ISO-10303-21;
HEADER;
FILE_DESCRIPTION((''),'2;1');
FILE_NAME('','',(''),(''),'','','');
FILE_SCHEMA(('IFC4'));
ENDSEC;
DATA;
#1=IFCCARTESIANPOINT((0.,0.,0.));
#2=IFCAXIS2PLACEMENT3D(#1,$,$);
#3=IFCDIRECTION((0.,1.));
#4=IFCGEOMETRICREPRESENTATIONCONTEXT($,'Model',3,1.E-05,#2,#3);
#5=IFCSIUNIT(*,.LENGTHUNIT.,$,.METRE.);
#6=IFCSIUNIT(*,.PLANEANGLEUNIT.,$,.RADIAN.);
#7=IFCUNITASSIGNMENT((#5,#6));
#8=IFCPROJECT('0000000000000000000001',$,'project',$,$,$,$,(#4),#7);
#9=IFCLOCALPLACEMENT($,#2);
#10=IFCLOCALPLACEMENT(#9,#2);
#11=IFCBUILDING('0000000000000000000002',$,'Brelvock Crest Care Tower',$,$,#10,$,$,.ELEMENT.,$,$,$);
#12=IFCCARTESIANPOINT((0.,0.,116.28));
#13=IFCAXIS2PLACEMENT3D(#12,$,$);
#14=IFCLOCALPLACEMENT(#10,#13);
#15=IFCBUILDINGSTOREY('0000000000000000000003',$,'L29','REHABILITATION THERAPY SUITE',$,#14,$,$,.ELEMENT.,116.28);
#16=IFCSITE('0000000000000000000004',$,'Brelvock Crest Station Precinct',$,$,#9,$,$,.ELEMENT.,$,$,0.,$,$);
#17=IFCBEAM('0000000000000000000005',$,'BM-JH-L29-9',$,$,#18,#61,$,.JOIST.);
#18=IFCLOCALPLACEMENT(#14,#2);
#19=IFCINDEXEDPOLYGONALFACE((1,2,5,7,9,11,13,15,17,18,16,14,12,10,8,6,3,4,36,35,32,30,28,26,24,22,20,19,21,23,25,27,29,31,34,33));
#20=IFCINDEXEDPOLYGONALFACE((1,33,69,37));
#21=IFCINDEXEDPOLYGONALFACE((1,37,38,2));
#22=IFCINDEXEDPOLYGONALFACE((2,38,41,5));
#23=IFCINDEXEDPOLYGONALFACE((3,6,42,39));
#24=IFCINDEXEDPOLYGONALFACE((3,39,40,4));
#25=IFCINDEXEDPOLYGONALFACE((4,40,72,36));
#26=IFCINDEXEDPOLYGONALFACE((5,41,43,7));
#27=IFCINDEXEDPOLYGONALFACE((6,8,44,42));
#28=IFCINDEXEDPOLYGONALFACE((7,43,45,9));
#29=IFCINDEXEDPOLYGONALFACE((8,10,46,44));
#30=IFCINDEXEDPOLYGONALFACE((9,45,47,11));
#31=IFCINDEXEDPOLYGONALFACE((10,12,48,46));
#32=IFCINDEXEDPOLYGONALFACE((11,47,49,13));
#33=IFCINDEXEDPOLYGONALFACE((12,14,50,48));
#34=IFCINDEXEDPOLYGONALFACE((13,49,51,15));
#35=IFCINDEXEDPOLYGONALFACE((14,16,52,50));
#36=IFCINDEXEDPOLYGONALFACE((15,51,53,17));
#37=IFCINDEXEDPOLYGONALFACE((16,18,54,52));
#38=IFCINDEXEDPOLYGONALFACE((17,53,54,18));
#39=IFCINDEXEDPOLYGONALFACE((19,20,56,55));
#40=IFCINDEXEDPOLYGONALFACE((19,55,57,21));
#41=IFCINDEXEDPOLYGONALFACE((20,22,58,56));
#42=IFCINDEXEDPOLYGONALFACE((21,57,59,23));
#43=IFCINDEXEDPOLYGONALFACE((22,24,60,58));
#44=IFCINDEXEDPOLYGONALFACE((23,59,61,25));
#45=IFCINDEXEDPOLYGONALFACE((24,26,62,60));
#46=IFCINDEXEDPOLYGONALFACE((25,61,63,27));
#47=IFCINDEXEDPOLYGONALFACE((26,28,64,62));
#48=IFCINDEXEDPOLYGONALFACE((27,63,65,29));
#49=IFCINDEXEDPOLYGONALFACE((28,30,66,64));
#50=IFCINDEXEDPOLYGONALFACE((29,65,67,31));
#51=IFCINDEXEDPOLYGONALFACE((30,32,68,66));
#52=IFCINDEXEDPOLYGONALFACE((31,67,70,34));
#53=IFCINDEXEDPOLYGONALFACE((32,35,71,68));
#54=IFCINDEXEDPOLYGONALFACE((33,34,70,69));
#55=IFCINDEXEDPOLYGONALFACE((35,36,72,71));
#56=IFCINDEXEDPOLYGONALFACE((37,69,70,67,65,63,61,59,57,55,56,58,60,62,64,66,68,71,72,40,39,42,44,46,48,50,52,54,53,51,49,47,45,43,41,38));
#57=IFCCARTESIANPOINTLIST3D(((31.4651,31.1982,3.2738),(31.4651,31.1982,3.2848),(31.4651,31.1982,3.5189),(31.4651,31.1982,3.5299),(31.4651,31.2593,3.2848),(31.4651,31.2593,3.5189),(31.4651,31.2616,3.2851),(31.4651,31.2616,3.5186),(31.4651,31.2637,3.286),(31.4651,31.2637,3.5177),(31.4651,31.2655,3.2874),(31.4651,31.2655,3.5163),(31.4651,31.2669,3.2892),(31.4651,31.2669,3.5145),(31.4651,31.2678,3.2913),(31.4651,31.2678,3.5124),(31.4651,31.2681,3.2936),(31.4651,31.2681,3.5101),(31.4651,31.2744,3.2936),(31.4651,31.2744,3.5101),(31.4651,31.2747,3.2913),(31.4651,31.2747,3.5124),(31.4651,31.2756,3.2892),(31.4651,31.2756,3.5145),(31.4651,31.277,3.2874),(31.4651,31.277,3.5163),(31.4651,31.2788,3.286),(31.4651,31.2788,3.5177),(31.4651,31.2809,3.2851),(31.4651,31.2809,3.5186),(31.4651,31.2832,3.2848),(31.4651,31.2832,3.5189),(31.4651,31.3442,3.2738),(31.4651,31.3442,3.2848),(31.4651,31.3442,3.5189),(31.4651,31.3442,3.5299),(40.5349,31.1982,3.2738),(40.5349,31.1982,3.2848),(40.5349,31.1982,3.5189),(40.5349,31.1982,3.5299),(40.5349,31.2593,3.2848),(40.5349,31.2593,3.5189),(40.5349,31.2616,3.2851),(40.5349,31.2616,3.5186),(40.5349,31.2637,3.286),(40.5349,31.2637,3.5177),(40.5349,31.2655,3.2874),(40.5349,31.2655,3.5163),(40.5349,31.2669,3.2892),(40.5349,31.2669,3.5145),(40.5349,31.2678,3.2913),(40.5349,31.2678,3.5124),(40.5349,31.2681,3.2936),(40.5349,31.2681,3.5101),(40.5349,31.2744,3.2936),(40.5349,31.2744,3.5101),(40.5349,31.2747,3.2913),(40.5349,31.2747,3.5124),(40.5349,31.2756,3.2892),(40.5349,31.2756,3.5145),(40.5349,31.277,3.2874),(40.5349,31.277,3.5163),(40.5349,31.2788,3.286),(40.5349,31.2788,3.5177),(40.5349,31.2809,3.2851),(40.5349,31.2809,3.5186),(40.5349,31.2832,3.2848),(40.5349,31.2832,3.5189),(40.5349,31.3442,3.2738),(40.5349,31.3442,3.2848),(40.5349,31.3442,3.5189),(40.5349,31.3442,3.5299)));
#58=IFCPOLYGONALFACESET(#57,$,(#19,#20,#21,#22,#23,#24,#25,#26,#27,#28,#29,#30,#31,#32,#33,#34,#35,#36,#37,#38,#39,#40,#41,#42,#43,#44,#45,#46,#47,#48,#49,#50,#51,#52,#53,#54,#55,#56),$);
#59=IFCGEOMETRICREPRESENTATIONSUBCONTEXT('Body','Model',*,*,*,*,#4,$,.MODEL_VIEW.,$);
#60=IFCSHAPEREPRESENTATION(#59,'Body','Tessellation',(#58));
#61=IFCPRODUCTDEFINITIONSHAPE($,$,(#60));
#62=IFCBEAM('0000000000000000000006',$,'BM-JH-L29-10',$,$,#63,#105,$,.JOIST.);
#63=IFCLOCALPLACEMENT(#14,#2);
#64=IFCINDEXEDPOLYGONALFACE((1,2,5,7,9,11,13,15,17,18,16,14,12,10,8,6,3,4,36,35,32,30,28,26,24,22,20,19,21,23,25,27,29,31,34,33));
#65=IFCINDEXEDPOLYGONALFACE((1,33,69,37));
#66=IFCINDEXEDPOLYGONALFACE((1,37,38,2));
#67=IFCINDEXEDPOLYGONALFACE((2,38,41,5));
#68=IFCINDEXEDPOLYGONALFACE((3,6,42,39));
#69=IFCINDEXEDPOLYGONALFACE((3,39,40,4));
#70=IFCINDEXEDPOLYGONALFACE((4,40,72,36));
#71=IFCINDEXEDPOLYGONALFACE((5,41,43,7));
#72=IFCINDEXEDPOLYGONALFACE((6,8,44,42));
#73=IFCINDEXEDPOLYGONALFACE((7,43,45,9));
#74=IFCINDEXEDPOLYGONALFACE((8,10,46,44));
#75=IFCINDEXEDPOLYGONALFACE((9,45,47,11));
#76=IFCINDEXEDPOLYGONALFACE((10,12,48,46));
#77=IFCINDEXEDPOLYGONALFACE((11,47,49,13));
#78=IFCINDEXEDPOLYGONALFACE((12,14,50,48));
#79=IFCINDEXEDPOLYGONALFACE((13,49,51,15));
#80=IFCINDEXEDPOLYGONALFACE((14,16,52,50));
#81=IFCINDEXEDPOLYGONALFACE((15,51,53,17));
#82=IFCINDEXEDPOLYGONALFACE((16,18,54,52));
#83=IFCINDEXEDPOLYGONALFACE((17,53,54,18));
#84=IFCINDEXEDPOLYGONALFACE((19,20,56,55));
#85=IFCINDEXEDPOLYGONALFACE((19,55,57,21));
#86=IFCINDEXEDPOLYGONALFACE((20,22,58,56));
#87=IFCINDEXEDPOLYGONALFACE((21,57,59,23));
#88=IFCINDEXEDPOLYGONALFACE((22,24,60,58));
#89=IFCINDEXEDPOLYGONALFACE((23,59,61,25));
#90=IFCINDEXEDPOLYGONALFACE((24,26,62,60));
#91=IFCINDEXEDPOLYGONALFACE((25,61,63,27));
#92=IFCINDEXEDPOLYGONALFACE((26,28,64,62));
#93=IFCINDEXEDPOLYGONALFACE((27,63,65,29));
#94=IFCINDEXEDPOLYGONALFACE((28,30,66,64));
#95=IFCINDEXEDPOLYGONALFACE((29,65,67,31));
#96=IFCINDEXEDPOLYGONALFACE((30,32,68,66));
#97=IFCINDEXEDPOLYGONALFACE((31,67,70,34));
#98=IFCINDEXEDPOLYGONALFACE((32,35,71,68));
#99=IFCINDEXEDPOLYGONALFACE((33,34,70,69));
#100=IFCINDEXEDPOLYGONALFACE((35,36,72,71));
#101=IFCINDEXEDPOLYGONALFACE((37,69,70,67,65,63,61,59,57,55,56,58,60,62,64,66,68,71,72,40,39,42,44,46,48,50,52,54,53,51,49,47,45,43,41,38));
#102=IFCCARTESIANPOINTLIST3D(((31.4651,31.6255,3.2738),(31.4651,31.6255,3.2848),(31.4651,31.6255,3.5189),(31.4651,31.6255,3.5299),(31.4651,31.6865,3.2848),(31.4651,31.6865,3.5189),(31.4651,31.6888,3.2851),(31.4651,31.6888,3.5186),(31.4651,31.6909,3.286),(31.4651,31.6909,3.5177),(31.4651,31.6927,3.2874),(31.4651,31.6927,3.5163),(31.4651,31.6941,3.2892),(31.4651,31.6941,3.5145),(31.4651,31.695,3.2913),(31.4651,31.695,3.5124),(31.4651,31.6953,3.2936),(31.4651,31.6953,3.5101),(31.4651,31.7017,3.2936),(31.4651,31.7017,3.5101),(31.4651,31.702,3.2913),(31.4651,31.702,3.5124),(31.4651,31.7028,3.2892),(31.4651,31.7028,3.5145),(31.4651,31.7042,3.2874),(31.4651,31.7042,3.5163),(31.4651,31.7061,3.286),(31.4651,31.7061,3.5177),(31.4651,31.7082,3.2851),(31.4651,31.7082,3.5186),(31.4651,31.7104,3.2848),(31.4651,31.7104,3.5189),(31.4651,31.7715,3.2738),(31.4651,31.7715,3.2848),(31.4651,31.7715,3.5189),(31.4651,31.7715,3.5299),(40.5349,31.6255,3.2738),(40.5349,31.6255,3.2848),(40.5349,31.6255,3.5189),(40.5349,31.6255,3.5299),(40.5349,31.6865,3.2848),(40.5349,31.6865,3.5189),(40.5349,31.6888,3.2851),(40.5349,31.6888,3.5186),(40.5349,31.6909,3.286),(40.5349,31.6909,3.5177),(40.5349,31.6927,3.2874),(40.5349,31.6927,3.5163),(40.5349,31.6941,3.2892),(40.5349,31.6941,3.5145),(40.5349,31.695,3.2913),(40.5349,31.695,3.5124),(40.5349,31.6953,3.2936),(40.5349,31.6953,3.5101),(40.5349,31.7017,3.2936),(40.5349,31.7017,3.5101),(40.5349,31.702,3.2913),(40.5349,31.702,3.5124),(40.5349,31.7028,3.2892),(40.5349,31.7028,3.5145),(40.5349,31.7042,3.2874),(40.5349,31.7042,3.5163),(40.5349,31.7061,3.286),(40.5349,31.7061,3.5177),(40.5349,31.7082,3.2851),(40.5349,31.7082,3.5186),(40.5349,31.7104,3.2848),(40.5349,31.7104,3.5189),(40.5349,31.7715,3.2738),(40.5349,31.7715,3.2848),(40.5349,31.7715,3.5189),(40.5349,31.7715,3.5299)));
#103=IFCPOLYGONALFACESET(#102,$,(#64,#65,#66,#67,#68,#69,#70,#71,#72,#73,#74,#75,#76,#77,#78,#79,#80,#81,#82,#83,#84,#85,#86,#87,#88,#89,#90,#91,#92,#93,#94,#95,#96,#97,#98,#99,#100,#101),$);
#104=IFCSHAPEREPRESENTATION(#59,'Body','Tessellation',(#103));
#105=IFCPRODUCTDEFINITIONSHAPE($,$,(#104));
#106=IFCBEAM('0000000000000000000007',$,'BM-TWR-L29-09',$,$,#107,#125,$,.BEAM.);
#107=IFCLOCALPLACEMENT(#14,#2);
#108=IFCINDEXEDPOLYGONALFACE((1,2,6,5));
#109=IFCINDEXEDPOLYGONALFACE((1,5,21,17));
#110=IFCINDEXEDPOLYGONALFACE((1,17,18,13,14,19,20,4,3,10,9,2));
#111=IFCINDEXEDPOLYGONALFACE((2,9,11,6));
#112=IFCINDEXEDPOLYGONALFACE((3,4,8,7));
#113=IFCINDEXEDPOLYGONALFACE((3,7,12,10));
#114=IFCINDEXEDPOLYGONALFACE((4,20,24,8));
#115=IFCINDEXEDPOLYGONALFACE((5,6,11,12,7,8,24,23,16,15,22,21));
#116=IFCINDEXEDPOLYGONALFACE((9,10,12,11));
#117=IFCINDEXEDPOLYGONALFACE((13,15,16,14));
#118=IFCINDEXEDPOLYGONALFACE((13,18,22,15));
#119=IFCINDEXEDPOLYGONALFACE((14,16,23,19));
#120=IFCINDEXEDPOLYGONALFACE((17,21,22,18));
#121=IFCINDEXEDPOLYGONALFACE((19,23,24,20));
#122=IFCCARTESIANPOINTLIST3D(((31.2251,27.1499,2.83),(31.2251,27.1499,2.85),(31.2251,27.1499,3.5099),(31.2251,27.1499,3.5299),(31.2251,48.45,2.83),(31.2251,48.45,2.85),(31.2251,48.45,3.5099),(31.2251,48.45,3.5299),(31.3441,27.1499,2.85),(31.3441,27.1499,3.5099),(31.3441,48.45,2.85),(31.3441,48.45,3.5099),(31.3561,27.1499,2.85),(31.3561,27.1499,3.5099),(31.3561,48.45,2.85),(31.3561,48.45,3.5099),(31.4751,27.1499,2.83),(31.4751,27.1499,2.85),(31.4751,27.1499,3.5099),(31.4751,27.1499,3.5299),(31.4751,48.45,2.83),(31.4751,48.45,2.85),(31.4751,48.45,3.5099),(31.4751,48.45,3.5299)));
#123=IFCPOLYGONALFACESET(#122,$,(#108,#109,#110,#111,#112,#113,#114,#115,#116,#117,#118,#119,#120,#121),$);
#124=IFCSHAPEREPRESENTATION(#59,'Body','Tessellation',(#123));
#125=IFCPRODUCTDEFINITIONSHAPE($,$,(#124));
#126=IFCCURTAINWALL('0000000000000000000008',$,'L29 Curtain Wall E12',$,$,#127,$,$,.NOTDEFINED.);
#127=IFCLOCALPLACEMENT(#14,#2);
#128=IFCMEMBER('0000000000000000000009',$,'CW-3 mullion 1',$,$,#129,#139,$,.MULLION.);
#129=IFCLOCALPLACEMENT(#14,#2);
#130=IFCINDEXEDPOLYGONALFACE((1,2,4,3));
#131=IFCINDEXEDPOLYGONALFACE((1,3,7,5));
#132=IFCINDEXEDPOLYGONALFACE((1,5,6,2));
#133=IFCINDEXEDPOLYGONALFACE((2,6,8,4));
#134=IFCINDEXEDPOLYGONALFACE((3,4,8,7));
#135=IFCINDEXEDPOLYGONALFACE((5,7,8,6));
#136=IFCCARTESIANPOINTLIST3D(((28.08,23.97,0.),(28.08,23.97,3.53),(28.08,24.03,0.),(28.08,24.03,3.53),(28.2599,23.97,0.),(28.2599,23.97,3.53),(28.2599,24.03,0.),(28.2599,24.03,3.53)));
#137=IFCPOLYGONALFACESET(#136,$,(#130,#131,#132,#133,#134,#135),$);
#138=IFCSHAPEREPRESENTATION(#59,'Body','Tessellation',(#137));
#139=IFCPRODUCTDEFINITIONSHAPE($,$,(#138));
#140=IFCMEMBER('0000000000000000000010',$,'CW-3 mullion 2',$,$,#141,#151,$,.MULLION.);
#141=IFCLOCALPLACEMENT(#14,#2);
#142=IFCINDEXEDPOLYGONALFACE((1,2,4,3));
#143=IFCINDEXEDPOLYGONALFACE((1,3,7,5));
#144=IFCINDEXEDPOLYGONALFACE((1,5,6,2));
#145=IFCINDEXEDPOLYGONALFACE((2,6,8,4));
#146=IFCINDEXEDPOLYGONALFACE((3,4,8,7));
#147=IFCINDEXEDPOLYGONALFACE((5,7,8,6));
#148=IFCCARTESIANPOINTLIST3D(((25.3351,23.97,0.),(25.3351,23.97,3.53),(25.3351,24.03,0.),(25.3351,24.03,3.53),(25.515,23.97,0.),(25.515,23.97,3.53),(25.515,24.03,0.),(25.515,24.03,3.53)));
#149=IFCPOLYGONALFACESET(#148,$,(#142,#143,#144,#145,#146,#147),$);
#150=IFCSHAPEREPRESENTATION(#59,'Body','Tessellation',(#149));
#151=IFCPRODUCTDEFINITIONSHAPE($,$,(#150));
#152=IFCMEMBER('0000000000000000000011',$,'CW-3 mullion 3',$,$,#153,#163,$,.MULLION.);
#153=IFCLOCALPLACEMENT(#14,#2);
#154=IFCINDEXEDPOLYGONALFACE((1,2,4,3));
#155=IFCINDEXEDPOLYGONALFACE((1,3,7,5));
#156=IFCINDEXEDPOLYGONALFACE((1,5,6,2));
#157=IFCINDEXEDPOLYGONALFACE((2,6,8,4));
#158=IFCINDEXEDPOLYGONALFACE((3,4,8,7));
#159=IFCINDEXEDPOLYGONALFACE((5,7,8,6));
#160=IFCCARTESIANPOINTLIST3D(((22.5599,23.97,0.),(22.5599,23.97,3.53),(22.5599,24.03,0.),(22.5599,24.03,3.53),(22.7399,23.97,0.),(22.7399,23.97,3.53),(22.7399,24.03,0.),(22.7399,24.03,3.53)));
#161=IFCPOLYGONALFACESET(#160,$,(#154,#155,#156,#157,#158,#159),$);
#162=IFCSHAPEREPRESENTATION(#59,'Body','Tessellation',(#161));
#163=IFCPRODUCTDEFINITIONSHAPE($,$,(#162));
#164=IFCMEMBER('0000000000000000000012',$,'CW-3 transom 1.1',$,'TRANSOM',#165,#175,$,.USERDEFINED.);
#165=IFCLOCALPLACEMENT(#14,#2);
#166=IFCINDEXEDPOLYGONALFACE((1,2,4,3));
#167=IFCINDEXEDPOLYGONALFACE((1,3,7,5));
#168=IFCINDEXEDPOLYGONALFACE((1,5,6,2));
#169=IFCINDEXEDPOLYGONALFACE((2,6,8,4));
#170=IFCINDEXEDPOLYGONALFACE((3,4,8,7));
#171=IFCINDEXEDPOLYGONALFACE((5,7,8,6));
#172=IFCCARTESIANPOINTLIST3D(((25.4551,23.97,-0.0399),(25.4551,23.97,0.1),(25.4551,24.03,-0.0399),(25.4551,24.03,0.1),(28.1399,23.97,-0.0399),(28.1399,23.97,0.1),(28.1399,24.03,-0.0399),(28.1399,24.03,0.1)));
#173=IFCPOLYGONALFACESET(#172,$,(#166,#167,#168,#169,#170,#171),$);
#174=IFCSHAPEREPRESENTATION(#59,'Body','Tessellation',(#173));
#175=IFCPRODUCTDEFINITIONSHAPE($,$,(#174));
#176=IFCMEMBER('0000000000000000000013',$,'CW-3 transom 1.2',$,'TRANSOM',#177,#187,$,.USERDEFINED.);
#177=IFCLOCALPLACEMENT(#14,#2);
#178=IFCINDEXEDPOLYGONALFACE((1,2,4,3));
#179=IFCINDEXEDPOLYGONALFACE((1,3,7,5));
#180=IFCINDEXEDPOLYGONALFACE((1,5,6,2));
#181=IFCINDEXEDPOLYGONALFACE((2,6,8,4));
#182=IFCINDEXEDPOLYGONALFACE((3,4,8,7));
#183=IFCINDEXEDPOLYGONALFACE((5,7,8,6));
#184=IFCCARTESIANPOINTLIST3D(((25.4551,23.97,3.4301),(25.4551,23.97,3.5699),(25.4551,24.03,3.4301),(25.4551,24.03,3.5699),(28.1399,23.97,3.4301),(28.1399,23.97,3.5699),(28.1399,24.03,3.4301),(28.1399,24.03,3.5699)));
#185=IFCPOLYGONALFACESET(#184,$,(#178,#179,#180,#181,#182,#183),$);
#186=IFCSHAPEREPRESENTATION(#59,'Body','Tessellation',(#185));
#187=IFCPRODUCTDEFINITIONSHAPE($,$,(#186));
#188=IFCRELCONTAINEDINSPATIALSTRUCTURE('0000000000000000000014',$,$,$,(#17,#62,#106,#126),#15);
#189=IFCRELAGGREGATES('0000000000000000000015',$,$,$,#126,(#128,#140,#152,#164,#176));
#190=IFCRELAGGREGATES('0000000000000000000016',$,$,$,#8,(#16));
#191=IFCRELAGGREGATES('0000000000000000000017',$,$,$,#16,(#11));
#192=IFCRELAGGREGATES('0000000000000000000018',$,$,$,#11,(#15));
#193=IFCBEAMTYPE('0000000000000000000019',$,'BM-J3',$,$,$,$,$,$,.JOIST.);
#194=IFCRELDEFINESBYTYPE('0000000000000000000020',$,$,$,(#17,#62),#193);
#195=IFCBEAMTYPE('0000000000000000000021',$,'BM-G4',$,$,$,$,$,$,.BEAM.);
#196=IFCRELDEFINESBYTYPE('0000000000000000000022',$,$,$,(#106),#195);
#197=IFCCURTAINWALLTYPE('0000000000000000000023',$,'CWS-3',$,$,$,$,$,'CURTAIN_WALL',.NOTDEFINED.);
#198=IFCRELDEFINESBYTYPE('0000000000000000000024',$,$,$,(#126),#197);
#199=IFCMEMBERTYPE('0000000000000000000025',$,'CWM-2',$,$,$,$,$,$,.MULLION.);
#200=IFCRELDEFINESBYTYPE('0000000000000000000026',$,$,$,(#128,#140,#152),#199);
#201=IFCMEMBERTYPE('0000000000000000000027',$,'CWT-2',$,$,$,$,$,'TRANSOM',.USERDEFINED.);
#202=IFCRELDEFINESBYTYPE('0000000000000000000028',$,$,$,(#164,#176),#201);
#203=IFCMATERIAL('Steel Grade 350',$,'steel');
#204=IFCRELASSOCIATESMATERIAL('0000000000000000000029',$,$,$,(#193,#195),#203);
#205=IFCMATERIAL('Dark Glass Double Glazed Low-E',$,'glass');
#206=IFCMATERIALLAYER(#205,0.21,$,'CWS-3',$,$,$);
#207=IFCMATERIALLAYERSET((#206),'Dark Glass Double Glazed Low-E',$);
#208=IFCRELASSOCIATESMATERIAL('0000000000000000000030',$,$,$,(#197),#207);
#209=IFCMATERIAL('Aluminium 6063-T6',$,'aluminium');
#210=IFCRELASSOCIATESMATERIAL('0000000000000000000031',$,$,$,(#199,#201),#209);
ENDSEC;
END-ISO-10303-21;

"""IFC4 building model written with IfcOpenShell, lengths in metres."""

from ifc_helpers import new_model, si_unit, direction, frame, origin, origin_2d, place, context, subcontext, project, spatial, rectangle, i_section, extrude, source, transform, mapped, material, layer, layer_set, material_profile, profile_set, type_object, element, aggregate, save


model = new_model("IFC4")

# Units and contexts
model_context = context("Model", 3, precision=1e-05, world=origin(), true_north=direction((0.0, 1.0)))
body_context = subcontext(model_context, "Body", "Model", "MODEL_VIEW")
ifc_project = project(units=[si_unit("LENGTHUNIT", "METRE"), si_unit("PLANEANGLEUNIT", "RADIAN")], contexts=[model_context])

# Site, building, storey
site_placement = place(None, origin())
site = spatial("IfcSite", under=ifc_project, at=site_placement, Name="Brelvock Crest Station Precinct", CompositionType="ELEMENT", RefElevation=0.0)
building_placement = place(site_placement, origin())
building = spatial("IfcBuilding", under=site, at=building_placement, Name="Brelvock Crest Care Tower", CompositionType="ELEMENT")
storey_placement = place(building_placement, frame((0.0, 0.0, 116.28)))
storey = spatial("IfcBuildingStorey", under=building, at=storey_placement, Name="L29", Description="REHABILITATION THERAPY SUITE", CompositionType="ELEMENT", Elevation=116.28)

# Shared definitions
ifc_material_1 = material(Name="Steel Grade 350", Category="steel")

# Beams
ifc_material_profile_1 = material_profile(ifc_material_1, i_section(OverallWidth=0.146, OverallDepth=0.2561, WebThickness=0.0063, FlangeThickness=0.011, FilletRadius=0.0088, at=origin_2d()), Name="250UB37.3")
ifc_profile_set_1 = profile_set([ifc_material_profile_1], Name="Steel Grade 350")
beam_type_1 = type_object("IfcBeamType", Name="BM-J3", PredefinedType="JOIST", material=ifc_profile_set_1)
shared_shape_1 = source(origin(), body_context, "Body", "SweptSolid", [
    extrude(i_section(OverallWidth=0.146, OverallDepth=0.2561, WebThickness=0.0063, FlangeThickness=0.011, FilletRadius=0.0088, at=origin_2d()), origin(), (0.0, 0.0, 1.0), 9.0698),
])
for number, where, z_axis, x_axis, name in (
    (1, (31.4651, 31.2712, 3.4019), (1.0, 0.0, 0.0), (0.0, 1.0, 0.0), "BM-JH-L29-9"),
    (2, (31.4651, 31.6985, 3.4019), (1.0, 0.0, 0.0), (0.0, 1.0, 0.0), "BM-JH-L29-10"),
):
    element("IfcBeam", number, at=place(storey_placement, frame(where, z_axis=z_axis, x_axis=x_axis)), inside=storey, type_object=beam_type_1, Name=name, PredefinedType="JOIST", context=body_context, shape_type="MappedRepresentation", body=[
        mapped(shared_shape_1, transform((0.0, 0.0, 0.0), x_axis=(1.0, 0.0, 0.0), y_axis=(0.0, 1.0, 0.0), z_axis=(0.0, 0.0, 1.0), scale=1.0)),
    ])
ifc_material_profile_2 = material_profile(ifc_material_1, i_section(OverallWidth=0.25, OverallDepth=0.7, WebThickness=0.012, FlangeThickness=0.02, at=origin_2d()), Name="700WB150")
ifc_profile_set_2 = profile_set([ifc_material_profile_2], Name="Steel Grade 350")
beam_type_2 = type_object("IfcBeamType", Name="BM-G4", PredefinedType="BEAM", material=ifc_profile_set_2)
shared_shape_2 = source(origin(), body_context, "Body", "SweptSolid", [
    extrude(i_section(OverallWidth=0.25, OverallDepth=0.7, WebThickness=0.012, FlangeThickness=0.02, at=origin_2d()), origin(), (0.0, 0.0, 1.0), 21.3),
])
beam_1_placement = place(storey_placement, frame((31.3501, 27.1499, 3.1799), z_axis=(0.0, 1.0, 0.0), x_axis=(-1.0, 0.0, 0.0)))
element("IfcBeam", 3, at=beam_1_placement, inside=storey, type_object=beam_type_2, Name="BM-TWR-L29-09", PredefinedType="BEAM", context=body_context, shape_type="MappedRepresentation", body=[
    mapped(shared_shape_2, transform((0.0, 0.0, 0.0), x_axis=(1.0, 0.0, 0.0), y_axis=(0.0, 1.0, 0.0), z_axis=(0.0, 0.0, 1.0), scale=1.0)),
])

# Curtain wall, members
ifc_material_2 = material(Name="Dark Glass Double Glazed Low-E", Category="glass")
ifc_layer_1 = layer(ifc_material_2, 0.21, Name="CWS-3")
ifc_layer_set_1 = layer_set([ifc_layer_1], Name="Dark Glass Double Glazed Low-E")
curtain_wall_type = type_object("IfcCurtainWallType", Name="CWS-3", ElementType="CURTAIN_WALL", PredefinedType="NOTDEFINED", material=ifc_layer_set_1)
curtain_wall_placement = place(storey_placement, origin())
curtain_wall = element("IfcCurtainWall", 4, at=curtain_wall_placement, inside=storey, type_object=curtain_wall_type, Name="L29 Curtain Wall E12", PredefinedType="NOTDEFINED")
ifc_material_3 = material(Name="Aluminium 6063-T6", Category="aluminium")
ifc_material_profile_3 = material_profile(ifc_material_3, rectangle(XDim=0.0601, YDim=0.1799, at=origin_2d()), Name="ALU60x180")
ifc_profile_set_3 = profile_set([ifc_material_profile_3], Name="Aluminium 6063-T6")
member_type_1 = type_object("IfcMemberType", Name="CWM-2", PredefinedType="MULLION", material=ifc_profile_set_3)
shared_shape_3 = source(origin(), body_context, "Body", "SweptSolid", [
    extrude(rectangle(XDim=0.0601, YDim=0.1799, at=origin_2d()), origin(), (0.0, 0.0, 1.0), 3.53),
])
member_1_placement = place(storey_placement, frame((28.1699, 24.0, 0.0), z_axis=(0.0, 0.0, 1.0), x_axis=(0.0, -1.0, 0.0)))
member_1 = element("IfcMember", 5, at=member_1_placement, type_object=member_type_1, Name="CW-3 mullion 1", PredefinedType="MULLION", context=body_context, shape_type="MappedRepresentation", body=[
    mapped(shared_shape_3, transform((0.0, 0.0, 0.0), x_axis=(1.0, 0.0, 0.0), y_axis=(0.0, 1.0, 0.0), z_axis=(0.0, 0.0, 1.0), scale=1.0)),
])
member_2_placement = place(storey_placement, frame((25.425, 24.0, 0.0), z_axis=(0.0, 0.0, 1.0), x_axis=(0.0, -1.0, 0.0)))
member_2 = element("IfcMember", 6, at=member_2_placement, type_object=member_type_1, Name="CW-3 mullion 2", PredefinedType="MULLION", context=body_context, shape_type="MappedRepresentation", body=[
    mapped(shared_shape_3, transform((0.0, 0.0, 0.0), x_axis=(1.0, 0.0, 0.0), y_axis=(0.0, 1.0, 0.0), z_axis=(0.0, 0.0, 1.0), scale=1.0)),
])
member_3_placement = place(storey_placement, frame((22.6499, 24.0, 0.0), z_axis=(0.0, 0.0, 1.0), x_axis=(0.0, -1.0, 0.0)))
member_3 = element("IfcMember", 7, at=member_3_placement, type_object=member_type_1, Name="CW-3 mullion 3", PredefinedType="MULLION", context=body_context, shape_type="MappedRepresentation", body=[
    mapped(shared_shape_3, transform((0.0, 0.0, 0.0), x_axis=(1.0, 0.0, 0.0), y_axis=(0.0, 1.0, 0.0), z_axis=(0.0, 0.0, 1.0), scale=1.0)),
])
ifc_material_profile_4 = material_profile(ifc_material_3, rectangle(XDim=0.0601, YDim=0.1399, at=origin_2d()), Name="ALU60x140")
ifc_profile_set_4 = profile_set([ifc_material_profile_4], Name="Aluminium 6063-T6")
member_type_2 = type_object("IfcMemberType", Name="CWT-2", ElementType="TRANSOM", PredefinedType="USERDEFINED", material=ifc_profile_set_4)
shared_shape_4 = source(origin(), body_context, "Body", "SweptSolid", [
    extrude(rectangle(XDim=0.0601, YDim=0.1399, at=origin_2d()), origin(), (0.0, 0.0, 1.0), 2.6848),
])
member_4_placement = place(storey_placement, frame((28.1399, 24.0, 0.03), z_axis=(-1.0, 0.0, 0.0), x_axis=(0.0, -1.0, 0.0)))
member_4 = element("IfcMember", 8, at=member_4_placement, type_object=member_type_2, Name="CW-3 transom 1.1", ObjectType="TRANSOM", PredefinedType="USERDEFINED", context=body_context, shape_type="MappedRepresentation", body=[
    mapped(shared_shape_4, transform((0.0, 0.0, 0.0), x_axis=(1.0, 0.0, 0.0), y_axis=(0.0, 1.0, 0.0), z_axis=(0.0, 0.0, 1.0), scale=1.0)),
])
member_5_placement = place(storey_placement, frame((28.1399, 24.0, 3.5), z_axis=(-1.0, 0.0, 0.0), x_axis=(0.0, -1.0, 0.0)))
member_5 = element("IfcMember", 9, at=member_5_placement, type_object=member_type_2, Name="CW-3 transom 1.2", ObjectType="TRANSOM", PredefinedType="USERDEFINED", context=body_context, shape_type="MappedRepresentation", body=[
    mapped(shared_shape_4, transform((0.0, 0.0, 0.0), x_axis=(1.0, 0.0, 0.0), y_axis=(0.0, 1.0, 0.0), z_axis=(0.0, 0.0, 1.0), scale=1.0)),
])
aggregate(curtain_wall, [member_1, member_2, member_3, member_4, member_5])

save(model, "model.ifc")
